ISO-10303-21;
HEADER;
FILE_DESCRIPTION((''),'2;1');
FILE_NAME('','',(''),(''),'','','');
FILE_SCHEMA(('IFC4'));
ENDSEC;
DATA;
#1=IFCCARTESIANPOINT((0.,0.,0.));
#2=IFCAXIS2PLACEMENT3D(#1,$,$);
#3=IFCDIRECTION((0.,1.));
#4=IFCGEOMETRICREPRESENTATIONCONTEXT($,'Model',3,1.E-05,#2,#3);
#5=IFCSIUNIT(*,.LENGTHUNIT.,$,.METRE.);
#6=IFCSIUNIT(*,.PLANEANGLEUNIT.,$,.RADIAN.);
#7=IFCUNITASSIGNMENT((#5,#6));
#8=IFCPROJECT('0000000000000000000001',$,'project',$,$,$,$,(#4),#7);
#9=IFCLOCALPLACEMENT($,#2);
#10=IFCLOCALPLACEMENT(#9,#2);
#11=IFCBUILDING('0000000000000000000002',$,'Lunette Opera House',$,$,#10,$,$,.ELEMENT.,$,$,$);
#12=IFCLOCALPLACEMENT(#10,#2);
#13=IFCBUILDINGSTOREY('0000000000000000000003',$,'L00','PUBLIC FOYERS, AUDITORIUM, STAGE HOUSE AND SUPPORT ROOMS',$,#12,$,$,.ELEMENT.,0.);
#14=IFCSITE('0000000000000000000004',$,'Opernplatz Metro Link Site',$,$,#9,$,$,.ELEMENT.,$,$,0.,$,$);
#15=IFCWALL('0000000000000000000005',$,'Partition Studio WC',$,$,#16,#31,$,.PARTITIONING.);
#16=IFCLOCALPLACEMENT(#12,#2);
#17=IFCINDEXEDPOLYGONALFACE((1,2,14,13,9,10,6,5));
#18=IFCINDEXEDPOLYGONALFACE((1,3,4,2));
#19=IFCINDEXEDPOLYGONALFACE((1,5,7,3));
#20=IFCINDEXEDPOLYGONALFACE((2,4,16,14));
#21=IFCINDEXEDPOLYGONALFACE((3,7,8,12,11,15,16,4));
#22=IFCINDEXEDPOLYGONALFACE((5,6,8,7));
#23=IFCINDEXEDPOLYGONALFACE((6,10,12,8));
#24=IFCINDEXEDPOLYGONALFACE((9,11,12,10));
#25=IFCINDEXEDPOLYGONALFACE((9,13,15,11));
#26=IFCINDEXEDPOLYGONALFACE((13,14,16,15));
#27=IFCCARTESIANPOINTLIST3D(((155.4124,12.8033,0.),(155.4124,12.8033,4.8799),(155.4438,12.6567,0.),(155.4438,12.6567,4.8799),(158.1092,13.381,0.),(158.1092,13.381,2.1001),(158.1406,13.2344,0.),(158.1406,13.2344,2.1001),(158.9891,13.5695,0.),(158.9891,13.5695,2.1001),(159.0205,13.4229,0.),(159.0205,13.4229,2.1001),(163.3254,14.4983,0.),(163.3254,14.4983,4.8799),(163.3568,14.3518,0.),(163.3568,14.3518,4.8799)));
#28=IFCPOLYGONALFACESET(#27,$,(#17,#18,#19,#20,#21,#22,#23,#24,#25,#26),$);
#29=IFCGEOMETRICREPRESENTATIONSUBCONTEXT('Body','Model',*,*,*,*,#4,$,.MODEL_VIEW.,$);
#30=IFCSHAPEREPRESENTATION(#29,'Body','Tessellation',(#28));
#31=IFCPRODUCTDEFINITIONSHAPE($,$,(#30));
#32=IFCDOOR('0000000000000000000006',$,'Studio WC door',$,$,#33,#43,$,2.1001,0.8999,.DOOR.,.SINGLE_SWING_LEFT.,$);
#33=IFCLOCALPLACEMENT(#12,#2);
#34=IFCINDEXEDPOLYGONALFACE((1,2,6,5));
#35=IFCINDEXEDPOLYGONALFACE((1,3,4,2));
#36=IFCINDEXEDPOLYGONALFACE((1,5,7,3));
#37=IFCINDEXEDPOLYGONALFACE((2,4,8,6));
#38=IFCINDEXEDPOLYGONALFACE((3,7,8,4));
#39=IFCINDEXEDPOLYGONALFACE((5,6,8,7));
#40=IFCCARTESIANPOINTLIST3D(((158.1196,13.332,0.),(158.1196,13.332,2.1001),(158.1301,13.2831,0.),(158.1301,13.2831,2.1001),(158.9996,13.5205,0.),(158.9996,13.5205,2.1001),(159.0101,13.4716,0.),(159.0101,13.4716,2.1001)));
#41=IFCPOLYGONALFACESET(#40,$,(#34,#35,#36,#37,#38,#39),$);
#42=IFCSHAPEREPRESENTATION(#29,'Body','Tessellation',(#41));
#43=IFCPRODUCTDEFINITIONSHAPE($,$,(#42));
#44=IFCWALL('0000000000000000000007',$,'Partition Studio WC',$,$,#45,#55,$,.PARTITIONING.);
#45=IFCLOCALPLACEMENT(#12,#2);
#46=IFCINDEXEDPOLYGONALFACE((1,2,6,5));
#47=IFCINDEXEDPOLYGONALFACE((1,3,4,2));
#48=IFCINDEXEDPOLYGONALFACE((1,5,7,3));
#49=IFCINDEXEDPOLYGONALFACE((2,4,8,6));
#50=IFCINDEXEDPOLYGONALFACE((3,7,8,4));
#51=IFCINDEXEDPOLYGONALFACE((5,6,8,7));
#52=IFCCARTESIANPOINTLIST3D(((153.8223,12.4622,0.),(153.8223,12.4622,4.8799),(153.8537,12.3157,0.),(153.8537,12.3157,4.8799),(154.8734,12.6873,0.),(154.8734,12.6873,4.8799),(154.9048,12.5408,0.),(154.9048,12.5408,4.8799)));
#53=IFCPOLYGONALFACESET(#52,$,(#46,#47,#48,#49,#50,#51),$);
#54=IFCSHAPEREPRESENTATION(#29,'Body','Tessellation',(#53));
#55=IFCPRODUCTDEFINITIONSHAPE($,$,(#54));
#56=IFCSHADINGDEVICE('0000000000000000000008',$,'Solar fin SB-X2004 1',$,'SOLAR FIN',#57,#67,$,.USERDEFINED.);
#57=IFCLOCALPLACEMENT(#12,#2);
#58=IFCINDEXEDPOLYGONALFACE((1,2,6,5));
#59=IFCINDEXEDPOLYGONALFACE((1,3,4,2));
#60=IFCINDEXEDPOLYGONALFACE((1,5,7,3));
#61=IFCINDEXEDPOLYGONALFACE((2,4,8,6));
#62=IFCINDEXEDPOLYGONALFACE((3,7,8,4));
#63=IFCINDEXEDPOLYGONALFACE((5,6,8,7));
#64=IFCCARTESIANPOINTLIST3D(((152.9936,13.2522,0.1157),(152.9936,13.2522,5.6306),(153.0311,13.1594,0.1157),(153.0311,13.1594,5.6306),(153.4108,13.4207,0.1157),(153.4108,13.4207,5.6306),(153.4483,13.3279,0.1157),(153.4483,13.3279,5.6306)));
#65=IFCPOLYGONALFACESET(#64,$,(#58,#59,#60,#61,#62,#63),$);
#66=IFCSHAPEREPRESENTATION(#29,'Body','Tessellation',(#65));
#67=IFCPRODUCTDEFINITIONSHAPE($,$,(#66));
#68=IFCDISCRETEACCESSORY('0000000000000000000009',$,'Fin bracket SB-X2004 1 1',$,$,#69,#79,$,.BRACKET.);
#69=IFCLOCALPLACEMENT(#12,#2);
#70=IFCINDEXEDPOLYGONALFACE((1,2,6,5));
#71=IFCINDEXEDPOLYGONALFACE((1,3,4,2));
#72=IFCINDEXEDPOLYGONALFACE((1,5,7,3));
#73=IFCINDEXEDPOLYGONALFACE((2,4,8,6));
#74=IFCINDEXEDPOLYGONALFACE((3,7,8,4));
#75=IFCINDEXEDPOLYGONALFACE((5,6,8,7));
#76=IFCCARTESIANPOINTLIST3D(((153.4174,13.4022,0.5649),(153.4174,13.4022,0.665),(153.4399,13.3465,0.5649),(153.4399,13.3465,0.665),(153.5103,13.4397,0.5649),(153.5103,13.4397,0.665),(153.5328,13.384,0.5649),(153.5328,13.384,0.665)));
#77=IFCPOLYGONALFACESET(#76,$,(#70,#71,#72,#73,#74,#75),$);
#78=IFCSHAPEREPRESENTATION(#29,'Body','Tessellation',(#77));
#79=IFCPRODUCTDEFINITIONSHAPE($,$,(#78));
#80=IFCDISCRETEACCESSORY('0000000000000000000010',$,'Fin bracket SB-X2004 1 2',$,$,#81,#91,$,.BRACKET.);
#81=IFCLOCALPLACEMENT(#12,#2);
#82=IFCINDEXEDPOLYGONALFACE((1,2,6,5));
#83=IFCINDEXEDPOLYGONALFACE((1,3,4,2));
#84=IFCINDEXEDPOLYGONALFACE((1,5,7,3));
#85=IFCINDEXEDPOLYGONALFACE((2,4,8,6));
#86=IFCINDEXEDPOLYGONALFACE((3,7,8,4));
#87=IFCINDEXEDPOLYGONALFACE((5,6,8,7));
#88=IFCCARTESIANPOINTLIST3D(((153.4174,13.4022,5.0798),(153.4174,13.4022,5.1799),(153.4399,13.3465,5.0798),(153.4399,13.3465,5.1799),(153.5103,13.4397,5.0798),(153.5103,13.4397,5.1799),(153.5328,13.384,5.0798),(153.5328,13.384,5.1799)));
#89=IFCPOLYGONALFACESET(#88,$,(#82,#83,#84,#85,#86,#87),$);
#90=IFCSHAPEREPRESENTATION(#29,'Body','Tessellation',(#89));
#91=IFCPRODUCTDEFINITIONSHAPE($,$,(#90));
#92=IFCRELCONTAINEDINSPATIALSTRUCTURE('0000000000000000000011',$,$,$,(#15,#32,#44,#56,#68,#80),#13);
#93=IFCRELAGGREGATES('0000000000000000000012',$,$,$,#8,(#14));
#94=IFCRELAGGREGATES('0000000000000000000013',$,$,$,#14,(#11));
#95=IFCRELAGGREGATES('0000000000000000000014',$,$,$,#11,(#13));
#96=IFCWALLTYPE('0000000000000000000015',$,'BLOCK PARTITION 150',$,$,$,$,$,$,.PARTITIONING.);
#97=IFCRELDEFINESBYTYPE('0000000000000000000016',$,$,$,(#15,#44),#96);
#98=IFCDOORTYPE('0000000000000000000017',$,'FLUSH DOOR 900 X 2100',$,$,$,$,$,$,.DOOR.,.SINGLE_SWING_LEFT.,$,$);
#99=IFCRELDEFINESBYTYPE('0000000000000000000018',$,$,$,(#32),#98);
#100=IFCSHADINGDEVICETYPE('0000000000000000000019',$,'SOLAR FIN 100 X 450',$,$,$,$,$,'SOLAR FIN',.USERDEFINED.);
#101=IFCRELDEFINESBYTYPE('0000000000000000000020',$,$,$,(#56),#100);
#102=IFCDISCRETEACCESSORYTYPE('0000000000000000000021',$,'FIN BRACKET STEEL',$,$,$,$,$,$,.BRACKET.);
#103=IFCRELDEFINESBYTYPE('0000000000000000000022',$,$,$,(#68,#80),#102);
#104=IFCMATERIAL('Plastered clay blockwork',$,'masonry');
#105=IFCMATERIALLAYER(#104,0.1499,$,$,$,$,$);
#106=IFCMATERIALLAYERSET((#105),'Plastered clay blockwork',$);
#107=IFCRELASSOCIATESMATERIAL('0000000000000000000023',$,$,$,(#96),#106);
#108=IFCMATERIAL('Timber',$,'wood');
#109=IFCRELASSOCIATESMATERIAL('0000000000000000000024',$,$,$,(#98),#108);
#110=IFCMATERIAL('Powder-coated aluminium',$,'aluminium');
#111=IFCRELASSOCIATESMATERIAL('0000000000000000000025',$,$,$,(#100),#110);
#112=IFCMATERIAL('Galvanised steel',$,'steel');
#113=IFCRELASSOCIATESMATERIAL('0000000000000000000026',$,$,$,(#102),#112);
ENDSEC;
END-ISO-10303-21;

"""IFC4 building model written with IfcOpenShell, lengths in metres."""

from ifc_helpers import new_model, si_unit, direction, frame, frame_2d, origin, origin_2d, place, context, subcontext, project, spatial, rectangle, extrude, material, layer, layer_set, type_object, element, fill, save


model = new_model("IFC4")

# Units and contexts
model_context = context("Model", 3, precision=1e-05, world=origin(), true_north=direction((0.0, 1.0)))
body_context = subcontext(model_context, "Body", "Model", "MODEL_VIEW")
ifc_project = project(units=[si_unit("LENGTHUNIT", "METRE"), si_unit("PLANEANGLEUNIT", "RADIAN")], contexts=[model_context])

# Site, building, storey
site_placement = place(None, origin())
site = spatial("IfcSite", under=ifc_project, at=site_placement, Name="Opernplatz Metro Link Site", CompositionType="ELEMENT", RefElevation=0.0)
building_placement = place(site_placement, origin())
building = spatial("IfcBuilding", under=site, at=building_placement, Name="Lunette Opera House", CompositionType="ELEMENT")
storey_placement = place(building_placement, origin())
storey = spatial("IfcBuildingStorey", under=building, at=storey_placement, Name="L00", Description="PUBLIC FOYERS, AUDITORIUM, STAGE HOUSE AND SUPPORT ROOMS", CompositionType="ELEMENT", Elevation=0.0)

# Wall, opening, door
ifc_material_1 = material(Name="Plastered clay blockwork", Category="masonry")
ifc_layer_1 = layer(ifc_material_1, 0.1499)
ifc_layer_set_1 = layer_set([ifc_layer_1], Name="Plastered clay blockwork")
wall_type = type_object("IfcWallType", Name="BLOCK PARTITION 150", PredefinedType="PARTITIONING", material=ifc_layer_set_1)
wall_1_placement = place(storey_placement, frame((155.428, 12.73, 0.0), z_axis=(0.0, 0.0, 1.0), x_axis=(0.977817, 0.209459, 0.0)))
wall_1 = element("IfcWall", 1, at=wall_1_placement, inside=storey, type_object=wall_type, Name="Partition Studio WC", PredefinedType="PARTITIONING", context=body_context, shape_type="SweptSolid", body=[
    extrude(rectangle(XDim=8.0925, YDim=0.1499, at=frame_2d((4.0464, 0.0))), origin(), (0.0, 0.0, 1.0), 4.8799),
])
opening_placement = place(wall_1_placement, frame((2.7581, 0.0, 0.0)))
opening = element("IfcOpeningElement", 2, at=opening_placement, cuts=wall_1, PredefinedType="OPENING", context=body_context, shape_type="SweptSolid", body=[
    extrude(rectangle(XDim=0.8999, YDim=2.1001, at=frame_2d((0.45, 1.05))), frame((0.0, 0.0869, 0.0), z_axis=(0.0, -1.0, 0.0), x_axis=(1.0, 0.0, 0.0)), (0.0, 0.0, 1.0), 0.1738),
])
ifc_material_2 = material(Name="Timber", Category="wood")
door_type = type_object("IfcDoorType", Name="FLUSH DOOR 900 X 2100", OperationType="SINGLE_SWING_LEFT", PredefinedType="DOOR", material=ifc_material_2)
door_placement = place(opening_placement, origin())
door = element("IfcDoor", 3, at=door_placement, inside=storey, type_object=door_type, Name="Studio WC door", OperationType="SINGLE_SWING_LEFT", OverallHeight=2.1001, OverallWidth=0.8999, PredefinedType="DOOR", context=body_context, shape_type="SweptSolid", body=[
    extrude(rectangle(XDim=0.8999, YDim=2.1001, at=frame_2d((0.45, 1.05))), frame((0.0, 0.0249, 0.0), z_axis=(0.0, -1.0, 0.0), x_axis=(1.0, 0.0, 0.0)), (0.0, 0.0, 1.0), 0.05),
])
fill(opening, door)

# Wall
wall_2_placement = place(storey_placement, frame((153.8379, 12.3889, 0.0), z_axis=(0.0, 0.0, 1.0), x_axis=(0.977826, 0.209421, 0.0)))
element("IfcWall", 4, at=wall_2_placement, inside=storey, type_object=wall_type, Name="Partition Studio WC", PredefinedType="PARTITIONING", context=body_context, shape_type="SweptSolid", body=[
    extrude(rectangle(XDim=1.075, YDim=0.1499, at=frame_2d((0.5376, 0.0))), origin(), (0.0, 0.0, 1.0), 4.8799),
])

# Shading device
ifc_material_3 = material(Name="Powder-coated aluminium", Category="aluminium")
shading_device_type = type_object("IfcShadingDeviceType", Name="SOLAR FIN 100 X 450", ElementType="SOLAR FIN", PredefinedType="USERDEFINED", material=ifc_material_3)
shading_device_placement = place(storey_placement, frame((153.2209, 13.29, 0.1157), z_axis=(0.0, 0.0, 1.0), x_axis=(-0.927183, -0.37461, 0.0)))
element("IfcShadingDevice", 5, at=shading_device_placement, inside=storey, type_object=shading_device_type, Name="Solar fin SB-X2004 1", ObjectType="SOLAR FIN", PredefinedType="USERDEFINED", context=body_context, shape_type="SweptSolid", body=[
    extrude(rectangle(XDim=0.45, YDim=0.1001, at=origin_2d()), origin(), (0.0, 0.0, 1.0), 5.5149),
])

# Discrete accessories
ifc_material_4 = material(Name="Galvanised steel", Category="steel")
discrete_accessory_type = type_object("IfcDiscreteAccessoryType", Name="FIN BRACKET STEEL", PredefinedType="BRACKET", material=ifc_material_4)
for number, where, z_axis, x_axis, name in (
    (6, (153.4751, 13.3931, 0.5649), (0.0, 0.0, 1.0), (-0.927183, -0.37461, 0.0), "Fin bracket SB-X2004 1 1"),
    (7, (153.4751, 13.3931, 5.0798), (0.0, 0.0, 1.0), (-0.927183, -0.37461, 0.0), "Fin bracket SB-X2004 1 2"),
):
    element("IfcDiscreteAccessory", number, at=place(storey_placement, frame(where, z_axis=z_axis, x_axis=x_axis)), inside=storey, type_object=discrete_accessory_type, Name=name, PredefinedType="BRACKET", context=body_context, shape_type="SweptSolid", body=[
        extrude(rectangle(XDim=0.1001, YDim=0.0601, at=origin_2d()), origin(), (0.0, 0.0, 1.0), 0.1001),
    ])

save(model, "model.ifc")
